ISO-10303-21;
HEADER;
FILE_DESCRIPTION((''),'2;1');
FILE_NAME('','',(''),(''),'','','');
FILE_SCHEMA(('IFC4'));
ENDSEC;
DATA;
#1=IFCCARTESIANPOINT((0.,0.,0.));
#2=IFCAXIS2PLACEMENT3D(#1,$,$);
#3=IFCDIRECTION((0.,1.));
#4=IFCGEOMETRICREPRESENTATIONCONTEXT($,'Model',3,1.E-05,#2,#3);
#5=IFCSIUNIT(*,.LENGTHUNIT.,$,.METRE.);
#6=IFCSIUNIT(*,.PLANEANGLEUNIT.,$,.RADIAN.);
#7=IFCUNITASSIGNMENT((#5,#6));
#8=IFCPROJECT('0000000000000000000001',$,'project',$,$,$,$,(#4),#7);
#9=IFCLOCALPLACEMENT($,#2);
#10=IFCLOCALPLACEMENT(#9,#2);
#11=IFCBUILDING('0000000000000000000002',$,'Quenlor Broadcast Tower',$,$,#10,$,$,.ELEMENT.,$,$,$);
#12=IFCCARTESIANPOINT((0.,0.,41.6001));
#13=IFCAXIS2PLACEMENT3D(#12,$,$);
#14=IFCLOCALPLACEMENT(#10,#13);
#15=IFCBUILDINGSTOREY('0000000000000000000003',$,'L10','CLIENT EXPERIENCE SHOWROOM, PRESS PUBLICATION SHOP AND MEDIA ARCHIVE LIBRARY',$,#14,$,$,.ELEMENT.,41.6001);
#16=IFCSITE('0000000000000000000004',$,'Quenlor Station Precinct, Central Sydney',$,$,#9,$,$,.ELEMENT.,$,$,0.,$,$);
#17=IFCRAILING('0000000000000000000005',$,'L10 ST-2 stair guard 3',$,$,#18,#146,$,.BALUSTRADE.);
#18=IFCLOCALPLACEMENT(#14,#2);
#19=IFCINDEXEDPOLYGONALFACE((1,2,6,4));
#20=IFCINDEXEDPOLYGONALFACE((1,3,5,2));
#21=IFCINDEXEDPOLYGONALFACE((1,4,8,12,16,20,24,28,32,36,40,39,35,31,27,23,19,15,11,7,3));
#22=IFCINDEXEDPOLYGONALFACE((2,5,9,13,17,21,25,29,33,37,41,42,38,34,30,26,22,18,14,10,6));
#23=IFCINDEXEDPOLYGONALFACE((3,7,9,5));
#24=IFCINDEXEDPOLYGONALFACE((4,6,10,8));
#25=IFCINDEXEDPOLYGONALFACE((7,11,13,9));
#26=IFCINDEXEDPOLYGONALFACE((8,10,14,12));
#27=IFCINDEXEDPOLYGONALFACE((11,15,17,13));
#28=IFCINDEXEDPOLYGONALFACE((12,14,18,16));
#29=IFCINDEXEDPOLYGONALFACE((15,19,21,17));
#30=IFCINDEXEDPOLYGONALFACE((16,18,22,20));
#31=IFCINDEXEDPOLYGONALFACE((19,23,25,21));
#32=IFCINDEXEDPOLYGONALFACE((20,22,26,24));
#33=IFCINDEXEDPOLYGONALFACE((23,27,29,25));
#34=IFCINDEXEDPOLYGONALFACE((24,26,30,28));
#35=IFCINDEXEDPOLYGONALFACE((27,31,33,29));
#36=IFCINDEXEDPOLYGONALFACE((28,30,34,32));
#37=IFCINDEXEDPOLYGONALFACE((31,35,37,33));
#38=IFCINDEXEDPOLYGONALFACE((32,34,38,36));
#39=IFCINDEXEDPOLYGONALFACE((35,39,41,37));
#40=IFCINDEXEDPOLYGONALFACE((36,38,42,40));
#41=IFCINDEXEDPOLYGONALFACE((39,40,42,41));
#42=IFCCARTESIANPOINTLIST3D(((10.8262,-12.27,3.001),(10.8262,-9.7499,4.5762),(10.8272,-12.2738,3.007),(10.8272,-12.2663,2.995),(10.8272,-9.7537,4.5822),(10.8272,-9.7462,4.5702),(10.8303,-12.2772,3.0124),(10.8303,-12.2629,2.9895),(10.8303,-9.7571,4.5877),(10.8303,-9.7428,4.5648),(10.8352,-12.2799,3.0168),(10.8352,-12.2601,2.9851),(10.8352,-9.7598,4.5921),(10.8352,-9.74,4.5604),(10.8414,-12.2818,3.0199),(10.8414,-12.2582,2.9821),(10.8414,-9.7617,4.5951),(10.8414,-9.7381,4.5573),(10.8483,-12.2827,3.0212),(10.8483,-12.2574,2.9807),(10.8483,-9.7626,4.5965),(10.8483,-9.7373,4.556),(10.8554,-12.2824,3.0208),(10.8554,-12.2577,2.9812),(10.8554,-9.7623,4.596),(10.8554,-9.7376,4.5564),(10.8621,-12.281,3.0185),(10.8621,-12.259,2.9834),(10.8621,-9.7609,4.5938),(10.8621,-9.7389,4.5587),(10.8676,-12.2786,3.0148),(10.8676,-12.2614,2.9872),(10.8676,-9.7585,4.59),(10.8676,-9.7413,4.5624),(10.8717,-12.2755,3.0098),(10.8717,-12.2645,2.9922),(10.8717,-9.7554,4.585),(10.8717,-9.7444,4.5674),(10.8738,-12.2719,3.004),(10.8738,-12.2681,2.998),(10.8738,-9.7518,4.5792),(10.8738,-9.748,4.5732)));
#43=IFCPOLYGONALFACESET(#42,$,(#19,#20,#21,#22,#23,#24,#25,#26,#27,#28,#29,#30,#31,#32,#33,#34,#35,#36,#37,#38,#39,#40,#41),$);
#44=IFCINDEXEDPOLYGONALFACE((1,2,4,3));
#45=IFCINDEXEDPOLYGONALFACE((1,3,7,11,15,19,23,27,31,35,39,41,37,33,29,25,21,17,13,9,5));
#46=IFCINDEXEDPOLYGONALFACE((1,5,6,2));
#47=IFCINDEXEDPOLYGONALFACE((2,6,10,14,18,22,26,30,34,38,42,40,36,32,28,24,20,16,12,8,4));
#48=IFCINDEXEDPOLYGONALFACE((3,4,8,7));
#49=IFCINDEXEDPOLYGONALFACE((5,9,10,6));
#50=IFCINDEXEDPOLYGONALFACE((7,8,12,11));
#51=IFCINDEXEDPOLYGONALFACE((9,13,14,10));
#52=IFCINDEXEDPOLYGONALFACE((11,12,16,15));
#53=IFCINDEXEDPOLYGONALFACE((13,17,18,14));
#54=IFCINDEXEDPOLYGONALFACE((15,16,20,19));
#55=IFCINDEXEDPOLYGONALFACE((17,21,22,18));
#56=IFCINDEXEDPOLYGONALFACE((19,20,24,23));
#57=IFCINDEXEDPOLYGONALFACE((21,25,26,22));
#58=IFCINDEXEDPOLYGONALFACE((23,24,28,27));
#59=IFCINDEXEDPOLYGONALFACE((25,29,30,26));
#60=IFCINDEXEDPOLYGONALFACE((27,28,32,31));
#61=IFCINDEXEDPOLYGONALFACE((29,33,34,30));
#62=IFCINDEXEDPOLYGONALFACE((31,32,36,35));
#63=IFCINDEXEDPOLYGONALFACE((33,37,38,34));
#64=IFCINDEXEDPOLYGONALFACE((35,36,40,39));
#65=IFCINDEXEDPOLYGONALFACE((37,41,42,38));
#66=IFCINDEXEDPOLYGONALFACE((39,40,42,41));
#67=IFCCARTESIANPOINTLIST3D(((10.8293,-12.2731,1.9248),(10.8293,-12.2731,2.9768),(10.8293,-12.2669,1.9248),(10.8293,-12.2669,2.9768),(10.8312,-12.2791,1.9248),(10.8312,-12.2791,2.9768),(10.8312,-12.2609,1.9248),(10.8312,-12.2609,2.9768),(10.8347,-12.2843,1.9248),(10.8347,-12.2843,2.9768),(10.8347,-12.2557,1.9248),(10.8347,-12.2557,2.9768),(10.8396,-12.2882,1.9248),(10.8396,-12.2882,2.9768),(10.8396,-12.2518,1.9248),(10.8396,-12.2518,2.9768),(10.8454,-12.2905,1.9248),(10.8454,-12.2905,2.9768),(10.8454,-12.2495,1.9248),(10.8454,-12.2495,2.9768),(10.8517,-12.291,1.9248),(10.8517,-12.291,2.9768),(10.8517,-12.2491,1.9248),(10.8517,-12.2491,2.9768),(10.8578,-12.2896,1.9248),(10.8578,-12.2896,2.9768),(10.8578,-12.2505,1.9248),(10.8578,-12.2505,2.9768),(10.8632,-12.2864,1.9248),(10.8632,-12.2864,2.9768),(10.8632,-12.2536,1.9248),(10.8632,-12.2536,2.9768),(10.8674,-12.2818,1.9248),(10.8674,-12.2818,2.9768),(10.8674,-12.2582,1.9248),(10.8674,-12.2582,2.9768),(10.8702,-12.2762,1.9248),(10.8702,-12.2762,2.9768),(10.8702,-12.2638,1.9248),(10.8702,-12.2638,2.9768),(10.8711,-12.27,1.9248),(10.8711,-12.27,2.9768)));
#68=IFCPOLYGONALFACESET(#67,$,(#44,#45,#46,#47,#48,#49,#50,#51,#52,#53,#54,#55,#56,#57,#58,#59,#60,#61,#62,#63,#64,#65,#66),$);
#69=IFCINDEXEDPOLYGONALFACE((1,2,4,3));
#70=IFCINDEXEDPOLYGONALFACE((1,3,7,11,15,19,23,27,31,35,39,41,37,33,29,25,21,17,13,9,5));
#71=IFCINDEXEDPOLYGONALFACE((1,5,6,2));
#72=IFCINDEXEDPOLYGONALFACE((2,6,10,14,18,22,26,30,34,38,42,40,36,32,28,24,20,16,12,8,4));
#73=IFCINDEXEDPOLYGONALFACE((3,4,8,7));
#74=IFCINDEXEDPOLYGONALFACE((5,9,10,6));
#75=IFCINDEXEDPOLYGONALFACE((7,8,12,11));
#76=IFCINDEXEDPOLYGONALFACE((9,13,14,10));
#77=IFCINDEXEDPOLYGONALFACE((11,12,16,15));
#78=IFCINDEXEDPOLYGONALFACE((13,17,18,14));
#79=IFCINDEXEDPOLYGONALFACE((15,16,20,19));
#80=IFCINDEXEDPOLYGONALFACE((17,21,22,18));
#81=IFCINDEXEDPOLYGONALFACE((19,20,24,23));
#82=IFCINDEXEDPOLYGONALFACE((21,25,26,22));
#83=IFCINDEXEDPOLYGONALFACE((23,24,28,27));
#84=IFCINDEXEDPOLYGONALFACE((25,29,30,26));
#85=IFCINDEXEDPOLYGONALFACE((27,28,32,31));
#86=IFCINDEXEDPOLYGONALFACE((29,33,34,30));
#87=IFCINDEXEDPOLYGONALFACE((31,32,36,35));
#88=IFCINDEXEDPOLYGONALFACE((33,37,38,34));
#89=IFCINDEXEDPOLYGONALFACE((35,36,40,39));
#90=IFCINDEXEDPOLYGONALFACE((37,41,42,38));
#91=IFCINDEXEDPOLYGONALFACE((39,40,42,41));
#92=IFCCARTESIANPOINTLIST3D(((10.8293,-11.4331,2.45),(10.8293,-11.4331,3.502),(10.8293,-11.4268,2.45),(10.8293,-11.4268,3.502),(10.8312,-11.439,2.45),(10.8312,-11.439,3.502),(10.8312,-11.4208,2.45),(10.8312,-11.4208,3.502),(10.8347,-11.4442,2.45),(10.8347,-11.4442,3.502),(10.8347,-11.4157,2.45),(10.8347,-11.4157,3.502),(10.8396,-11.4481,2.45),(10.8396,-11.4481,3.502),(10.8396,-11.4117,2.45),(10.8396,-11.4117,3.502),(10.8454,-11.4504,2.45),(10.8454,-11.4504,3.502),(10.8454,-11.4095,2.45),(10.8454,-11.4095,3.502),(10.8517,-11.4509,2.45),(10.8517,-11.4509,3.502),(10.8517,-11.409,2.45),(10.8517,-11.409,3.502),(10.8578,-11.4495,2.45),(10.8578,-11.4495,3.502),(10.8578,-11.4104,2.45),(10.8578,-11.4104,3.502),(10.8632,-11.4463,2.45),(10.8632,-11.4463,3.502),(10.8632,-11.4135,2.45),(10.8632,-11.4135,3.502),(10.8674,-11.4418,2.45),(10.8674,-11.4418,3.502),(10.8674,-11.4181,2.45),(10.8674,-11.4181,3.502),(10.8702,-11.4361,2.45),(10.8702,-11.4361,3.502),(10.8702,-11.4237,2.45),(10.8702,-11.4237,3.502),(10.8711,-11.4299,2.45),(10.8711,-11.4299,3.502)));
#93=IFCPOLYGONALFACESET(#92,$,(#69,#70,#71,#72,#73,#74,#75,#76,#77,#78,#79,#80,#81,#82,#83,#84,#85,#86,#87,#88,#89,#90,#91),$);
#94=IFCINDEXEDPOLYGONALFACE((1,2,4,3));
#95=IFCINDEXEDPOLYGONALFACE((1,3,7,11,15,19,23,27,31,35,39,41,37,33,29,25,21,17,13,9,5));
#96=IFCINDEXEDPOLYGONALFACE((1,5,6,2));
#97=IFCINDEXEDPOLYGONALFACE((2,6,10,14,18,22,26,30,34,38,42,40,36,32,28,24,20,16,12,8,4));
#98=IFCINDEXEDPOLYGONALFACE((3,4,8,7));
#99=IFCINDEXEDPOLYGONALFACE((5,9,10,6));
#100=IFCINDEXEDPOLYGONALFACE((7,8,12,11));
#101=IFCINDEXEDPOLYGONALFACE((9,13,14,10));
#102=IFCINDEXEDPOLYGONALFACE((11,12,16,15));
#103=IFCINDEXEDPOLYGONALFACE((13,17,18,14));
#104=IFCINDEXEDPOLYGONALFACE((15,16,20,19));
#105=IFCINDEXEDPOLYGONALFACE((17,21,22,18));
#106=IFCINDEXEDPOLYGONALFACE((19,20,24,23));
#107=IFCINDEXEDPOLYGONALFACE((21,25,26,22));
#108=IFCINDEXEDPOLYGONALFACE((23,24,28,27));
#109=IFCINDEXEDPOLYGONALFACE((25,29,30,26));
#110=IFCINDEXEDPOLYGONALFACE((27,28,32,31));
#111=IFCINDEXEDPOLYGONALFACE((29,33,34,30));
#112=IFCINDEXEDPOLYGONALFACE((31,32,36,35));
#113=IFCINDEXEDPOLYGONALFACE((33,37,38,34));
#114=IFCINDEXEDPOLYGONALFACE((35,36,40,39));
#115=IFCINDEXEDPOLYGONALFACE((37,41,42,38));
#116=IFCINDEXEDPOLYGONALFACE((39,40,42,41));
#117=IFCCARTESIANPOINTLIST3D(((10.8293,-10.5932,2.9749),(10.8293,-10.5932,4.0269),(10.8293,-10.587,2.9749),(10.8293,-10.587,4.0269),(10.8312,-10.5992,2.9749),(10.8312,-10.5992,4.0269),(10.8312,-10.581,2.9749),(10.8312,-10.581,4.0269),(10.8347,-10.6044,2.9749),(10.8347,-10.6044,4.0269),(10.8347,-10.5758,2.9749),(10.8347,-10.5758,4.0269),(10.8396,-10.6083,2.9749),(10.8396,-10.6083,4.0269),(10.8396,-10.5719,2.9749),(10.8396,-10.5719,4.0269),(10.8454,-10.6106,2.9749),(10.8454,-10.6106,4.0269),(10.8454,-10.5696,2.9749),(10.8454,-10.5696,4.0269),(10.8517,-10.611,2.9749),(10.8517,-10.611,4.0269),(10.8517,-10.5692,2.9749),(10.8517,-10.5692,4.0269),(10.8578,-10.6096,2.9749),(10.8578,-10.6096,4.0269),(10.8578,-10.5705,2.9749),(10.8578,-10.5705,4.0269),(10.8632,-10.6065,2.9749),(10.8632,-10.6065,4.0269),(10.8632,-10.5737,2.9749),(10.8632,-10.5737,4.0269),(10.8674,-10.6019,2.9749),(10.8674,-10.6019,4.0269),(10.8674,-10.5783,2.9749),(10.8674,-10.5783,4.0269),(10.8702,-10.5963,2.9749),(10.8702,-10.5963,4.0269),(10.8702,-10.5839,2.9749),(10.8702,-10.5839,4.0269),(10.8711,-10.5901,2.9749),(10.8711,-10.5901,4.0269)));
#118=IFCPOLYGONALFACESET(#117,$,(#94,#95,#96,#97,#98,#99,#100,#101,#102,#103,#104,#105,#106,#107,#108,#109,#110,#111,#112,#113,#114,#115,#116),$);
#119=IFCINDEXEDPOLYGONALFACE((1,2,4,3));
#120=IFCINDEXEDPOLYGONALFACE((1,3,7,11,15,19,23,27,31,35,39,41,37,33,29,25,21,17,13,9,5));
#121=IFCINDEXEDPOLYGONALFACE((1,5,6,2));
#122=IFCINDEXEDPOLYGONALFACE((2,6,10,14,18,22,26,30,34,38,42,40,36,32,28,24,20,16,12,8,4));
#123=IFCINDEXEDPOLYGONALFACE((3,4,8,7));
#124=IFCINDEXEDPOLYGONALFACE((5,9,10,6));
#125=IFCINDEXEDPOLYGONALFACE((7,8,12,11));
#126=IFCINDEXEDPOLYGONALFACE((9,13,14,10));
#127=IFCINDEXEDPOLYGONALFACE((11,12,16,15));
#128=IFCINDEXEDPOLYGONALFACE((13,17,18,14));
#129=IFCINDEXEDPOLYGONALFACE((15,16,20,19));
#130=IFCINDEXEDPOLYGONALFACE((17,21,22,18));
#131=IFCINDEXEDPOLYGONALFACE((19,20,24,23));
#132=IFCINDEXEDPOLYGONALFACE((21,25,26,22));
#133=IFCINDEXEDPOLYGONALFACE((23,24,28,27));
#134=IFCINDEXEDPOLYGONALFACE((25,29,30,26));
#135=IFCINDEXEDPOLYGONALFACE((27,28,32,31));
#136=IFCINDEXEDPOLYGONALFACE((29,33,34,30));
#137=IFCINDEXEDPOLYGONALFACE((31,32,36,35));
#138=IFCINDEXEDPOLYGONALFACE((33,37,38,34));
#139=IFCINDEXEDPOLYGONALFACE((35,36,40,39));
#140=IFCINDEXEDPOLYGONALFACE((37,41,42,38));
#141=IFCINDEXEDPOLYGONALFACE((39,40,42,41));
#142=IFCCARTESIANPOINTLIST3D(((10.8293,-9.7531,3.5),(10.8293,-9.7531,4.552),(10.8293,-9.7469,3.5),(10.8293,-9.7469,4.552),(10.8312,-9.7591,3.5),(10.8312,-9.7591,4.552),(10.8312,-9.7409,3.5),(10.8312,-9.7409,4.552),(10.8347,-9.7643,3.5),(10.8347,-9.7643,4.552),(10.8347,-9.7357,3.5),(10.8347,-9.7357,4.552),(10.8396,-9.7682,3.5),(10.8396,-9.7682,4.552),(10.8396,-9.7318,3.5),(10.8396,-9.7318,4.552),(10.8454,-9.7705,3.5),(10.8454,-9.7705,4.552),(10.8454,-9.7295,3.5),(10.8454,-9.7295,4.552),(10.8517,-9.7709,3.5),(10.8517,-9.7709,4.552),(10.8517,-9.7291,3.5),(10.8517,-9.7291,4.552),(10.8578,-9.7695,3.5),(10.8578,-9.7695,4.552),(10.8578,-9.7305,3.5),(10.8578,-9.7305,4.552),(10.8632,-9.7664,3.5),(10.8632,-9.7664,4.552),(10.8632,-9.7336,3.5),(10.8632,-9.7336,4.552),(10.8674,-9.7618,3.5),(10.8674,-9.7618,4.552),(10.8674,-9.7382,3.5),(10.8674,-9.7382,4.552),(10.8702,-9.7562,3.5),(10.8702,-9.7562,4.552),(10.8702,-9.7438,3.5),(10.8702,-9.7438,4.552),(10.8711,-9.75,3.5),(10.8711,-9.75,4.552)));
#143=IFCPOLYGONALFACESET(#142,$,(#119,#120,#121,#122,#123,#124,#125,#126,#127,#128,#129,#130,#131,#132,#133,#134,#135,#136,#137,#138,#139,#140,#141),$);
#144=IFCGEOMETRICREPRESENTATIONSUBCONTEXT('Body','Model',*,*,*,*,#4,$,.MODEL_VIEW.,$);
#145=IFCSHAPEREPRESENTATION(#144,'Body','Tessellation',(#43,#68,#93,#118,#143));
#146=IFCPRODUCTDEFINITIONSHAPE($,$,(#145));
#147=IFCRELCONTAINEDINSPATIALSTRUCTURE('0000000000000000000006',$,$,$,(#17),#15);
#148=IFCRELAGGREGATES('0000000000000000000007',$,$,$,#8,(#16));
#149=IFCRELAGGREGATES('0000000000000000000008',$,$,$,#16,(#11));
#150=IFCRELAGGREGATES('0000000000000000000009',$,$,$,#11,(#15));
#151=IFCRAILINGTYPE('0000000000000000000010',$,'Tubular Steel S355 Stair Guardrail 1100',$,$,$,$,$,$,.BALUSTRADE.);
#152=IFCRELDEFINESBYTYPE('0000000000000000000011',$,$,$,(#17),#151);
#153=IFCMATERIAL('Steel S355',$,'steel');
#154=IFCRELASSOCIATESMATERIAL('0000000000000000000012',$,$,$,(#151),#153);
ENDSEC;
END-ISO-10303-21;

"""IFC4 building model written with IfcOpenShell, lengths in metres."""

from ifc_helpers import new_model, si_unit, direction, frame, origin, origin_2d, place, context, subcontext, project, spatial, circle, extrude, material, type_object, element, save


model = new_model("IFC4")

# Units and contexts
model_context = context("Model", 3, precision=1e-05, world=origin(), true_north=direction((0.0, 1.0)))
body_context = subcontext(model_context, "Body", "Model", "MODEL_VIEW")
ifc_project = project(units=[si_unit("LENGTHUNIT", "METRE"), si_unit("PLANEANGLEUNIT", "RADIAN")], contexts=[model_context])

# Site, building, storey
site_placement = place(None, origin())
site = spatial("IfcSite", under=ifc_project, at=site_placement, Name="Quenlor Station Precinct, Central Sydney", CompositionType="ELEMENT", RefElevation=0.0)
building_placement = place(site_placement, origin())
building = spatial("IfcBuilding", under=site, at=building_placement, Name="Quenlor Broadcast Tower", CompositionType="ELEMENT")
storey_placement = place(building_placement, frame((0.0, 0.0, 41.6001)))
storey = spatial("IfcBuildingStorey", under=building, at=storey_placement, Name="L10", Description="CLIENT EXPERIENCE SHOWROOM, PRESS PUBLICATION SHOP AND MEDIA ARCHIVE LIBRARY", CompositionType="ELEMENT", Elevation=41.6001)

# Railing
ifc_material_1 = material(Name="Steel S355", Category="steel")
railing_type_1 = type_object("IfcRailingType", Name="Tubular Steel S355 Stair Guardrail 1100", PredefinedType="BALUSTRADE", material=ifc_material_1)
railing_1_placement = place(storey_placement, frame((10.8501, -12.27, 1.9248)))
element("IfcRailing", 1, at=railing_1_placement, inside=storey, type_object=railing_type_1, Name="L10 ST-2 stair guard 3", PredefinedType="BALUSTRADE", context=body_context, shape_type="SweptSolid", body=[
    extrude(circle(Radius=0.0239, at=origin_2d()), frame((0.0, 0.0, 1.0762), z_axis=(0.0, 0.847971, 0.530043), x_axis=(-1.0, 0.0, 0.0)), (0.0, 0.0, 1.0), 2.9719),
    extrude(circle(Radius=0.021, at=origin_2d()), origin(), (0.0, 0.0, 1.0), 1.052),
    extrude(circle(Radius=0.021, at=origin_2d()), frame((0.0, 0.8401, 0.5251)), (0.0, 0.0, 1.0), 1.052),
    extrude(circle(Radius=0.021, at=origin_2d()), frame((0.0, 1.6799, 1.05)), (0.0, 0.0, 1.0), 1.052),
    extrude(circle(Radius=0.021, at=origin_2d()), frame((0.0, 2.52, 1.5752)), (0.0, 0.0, 1.0), 1.052),
])

save(model, "model.ifc")
